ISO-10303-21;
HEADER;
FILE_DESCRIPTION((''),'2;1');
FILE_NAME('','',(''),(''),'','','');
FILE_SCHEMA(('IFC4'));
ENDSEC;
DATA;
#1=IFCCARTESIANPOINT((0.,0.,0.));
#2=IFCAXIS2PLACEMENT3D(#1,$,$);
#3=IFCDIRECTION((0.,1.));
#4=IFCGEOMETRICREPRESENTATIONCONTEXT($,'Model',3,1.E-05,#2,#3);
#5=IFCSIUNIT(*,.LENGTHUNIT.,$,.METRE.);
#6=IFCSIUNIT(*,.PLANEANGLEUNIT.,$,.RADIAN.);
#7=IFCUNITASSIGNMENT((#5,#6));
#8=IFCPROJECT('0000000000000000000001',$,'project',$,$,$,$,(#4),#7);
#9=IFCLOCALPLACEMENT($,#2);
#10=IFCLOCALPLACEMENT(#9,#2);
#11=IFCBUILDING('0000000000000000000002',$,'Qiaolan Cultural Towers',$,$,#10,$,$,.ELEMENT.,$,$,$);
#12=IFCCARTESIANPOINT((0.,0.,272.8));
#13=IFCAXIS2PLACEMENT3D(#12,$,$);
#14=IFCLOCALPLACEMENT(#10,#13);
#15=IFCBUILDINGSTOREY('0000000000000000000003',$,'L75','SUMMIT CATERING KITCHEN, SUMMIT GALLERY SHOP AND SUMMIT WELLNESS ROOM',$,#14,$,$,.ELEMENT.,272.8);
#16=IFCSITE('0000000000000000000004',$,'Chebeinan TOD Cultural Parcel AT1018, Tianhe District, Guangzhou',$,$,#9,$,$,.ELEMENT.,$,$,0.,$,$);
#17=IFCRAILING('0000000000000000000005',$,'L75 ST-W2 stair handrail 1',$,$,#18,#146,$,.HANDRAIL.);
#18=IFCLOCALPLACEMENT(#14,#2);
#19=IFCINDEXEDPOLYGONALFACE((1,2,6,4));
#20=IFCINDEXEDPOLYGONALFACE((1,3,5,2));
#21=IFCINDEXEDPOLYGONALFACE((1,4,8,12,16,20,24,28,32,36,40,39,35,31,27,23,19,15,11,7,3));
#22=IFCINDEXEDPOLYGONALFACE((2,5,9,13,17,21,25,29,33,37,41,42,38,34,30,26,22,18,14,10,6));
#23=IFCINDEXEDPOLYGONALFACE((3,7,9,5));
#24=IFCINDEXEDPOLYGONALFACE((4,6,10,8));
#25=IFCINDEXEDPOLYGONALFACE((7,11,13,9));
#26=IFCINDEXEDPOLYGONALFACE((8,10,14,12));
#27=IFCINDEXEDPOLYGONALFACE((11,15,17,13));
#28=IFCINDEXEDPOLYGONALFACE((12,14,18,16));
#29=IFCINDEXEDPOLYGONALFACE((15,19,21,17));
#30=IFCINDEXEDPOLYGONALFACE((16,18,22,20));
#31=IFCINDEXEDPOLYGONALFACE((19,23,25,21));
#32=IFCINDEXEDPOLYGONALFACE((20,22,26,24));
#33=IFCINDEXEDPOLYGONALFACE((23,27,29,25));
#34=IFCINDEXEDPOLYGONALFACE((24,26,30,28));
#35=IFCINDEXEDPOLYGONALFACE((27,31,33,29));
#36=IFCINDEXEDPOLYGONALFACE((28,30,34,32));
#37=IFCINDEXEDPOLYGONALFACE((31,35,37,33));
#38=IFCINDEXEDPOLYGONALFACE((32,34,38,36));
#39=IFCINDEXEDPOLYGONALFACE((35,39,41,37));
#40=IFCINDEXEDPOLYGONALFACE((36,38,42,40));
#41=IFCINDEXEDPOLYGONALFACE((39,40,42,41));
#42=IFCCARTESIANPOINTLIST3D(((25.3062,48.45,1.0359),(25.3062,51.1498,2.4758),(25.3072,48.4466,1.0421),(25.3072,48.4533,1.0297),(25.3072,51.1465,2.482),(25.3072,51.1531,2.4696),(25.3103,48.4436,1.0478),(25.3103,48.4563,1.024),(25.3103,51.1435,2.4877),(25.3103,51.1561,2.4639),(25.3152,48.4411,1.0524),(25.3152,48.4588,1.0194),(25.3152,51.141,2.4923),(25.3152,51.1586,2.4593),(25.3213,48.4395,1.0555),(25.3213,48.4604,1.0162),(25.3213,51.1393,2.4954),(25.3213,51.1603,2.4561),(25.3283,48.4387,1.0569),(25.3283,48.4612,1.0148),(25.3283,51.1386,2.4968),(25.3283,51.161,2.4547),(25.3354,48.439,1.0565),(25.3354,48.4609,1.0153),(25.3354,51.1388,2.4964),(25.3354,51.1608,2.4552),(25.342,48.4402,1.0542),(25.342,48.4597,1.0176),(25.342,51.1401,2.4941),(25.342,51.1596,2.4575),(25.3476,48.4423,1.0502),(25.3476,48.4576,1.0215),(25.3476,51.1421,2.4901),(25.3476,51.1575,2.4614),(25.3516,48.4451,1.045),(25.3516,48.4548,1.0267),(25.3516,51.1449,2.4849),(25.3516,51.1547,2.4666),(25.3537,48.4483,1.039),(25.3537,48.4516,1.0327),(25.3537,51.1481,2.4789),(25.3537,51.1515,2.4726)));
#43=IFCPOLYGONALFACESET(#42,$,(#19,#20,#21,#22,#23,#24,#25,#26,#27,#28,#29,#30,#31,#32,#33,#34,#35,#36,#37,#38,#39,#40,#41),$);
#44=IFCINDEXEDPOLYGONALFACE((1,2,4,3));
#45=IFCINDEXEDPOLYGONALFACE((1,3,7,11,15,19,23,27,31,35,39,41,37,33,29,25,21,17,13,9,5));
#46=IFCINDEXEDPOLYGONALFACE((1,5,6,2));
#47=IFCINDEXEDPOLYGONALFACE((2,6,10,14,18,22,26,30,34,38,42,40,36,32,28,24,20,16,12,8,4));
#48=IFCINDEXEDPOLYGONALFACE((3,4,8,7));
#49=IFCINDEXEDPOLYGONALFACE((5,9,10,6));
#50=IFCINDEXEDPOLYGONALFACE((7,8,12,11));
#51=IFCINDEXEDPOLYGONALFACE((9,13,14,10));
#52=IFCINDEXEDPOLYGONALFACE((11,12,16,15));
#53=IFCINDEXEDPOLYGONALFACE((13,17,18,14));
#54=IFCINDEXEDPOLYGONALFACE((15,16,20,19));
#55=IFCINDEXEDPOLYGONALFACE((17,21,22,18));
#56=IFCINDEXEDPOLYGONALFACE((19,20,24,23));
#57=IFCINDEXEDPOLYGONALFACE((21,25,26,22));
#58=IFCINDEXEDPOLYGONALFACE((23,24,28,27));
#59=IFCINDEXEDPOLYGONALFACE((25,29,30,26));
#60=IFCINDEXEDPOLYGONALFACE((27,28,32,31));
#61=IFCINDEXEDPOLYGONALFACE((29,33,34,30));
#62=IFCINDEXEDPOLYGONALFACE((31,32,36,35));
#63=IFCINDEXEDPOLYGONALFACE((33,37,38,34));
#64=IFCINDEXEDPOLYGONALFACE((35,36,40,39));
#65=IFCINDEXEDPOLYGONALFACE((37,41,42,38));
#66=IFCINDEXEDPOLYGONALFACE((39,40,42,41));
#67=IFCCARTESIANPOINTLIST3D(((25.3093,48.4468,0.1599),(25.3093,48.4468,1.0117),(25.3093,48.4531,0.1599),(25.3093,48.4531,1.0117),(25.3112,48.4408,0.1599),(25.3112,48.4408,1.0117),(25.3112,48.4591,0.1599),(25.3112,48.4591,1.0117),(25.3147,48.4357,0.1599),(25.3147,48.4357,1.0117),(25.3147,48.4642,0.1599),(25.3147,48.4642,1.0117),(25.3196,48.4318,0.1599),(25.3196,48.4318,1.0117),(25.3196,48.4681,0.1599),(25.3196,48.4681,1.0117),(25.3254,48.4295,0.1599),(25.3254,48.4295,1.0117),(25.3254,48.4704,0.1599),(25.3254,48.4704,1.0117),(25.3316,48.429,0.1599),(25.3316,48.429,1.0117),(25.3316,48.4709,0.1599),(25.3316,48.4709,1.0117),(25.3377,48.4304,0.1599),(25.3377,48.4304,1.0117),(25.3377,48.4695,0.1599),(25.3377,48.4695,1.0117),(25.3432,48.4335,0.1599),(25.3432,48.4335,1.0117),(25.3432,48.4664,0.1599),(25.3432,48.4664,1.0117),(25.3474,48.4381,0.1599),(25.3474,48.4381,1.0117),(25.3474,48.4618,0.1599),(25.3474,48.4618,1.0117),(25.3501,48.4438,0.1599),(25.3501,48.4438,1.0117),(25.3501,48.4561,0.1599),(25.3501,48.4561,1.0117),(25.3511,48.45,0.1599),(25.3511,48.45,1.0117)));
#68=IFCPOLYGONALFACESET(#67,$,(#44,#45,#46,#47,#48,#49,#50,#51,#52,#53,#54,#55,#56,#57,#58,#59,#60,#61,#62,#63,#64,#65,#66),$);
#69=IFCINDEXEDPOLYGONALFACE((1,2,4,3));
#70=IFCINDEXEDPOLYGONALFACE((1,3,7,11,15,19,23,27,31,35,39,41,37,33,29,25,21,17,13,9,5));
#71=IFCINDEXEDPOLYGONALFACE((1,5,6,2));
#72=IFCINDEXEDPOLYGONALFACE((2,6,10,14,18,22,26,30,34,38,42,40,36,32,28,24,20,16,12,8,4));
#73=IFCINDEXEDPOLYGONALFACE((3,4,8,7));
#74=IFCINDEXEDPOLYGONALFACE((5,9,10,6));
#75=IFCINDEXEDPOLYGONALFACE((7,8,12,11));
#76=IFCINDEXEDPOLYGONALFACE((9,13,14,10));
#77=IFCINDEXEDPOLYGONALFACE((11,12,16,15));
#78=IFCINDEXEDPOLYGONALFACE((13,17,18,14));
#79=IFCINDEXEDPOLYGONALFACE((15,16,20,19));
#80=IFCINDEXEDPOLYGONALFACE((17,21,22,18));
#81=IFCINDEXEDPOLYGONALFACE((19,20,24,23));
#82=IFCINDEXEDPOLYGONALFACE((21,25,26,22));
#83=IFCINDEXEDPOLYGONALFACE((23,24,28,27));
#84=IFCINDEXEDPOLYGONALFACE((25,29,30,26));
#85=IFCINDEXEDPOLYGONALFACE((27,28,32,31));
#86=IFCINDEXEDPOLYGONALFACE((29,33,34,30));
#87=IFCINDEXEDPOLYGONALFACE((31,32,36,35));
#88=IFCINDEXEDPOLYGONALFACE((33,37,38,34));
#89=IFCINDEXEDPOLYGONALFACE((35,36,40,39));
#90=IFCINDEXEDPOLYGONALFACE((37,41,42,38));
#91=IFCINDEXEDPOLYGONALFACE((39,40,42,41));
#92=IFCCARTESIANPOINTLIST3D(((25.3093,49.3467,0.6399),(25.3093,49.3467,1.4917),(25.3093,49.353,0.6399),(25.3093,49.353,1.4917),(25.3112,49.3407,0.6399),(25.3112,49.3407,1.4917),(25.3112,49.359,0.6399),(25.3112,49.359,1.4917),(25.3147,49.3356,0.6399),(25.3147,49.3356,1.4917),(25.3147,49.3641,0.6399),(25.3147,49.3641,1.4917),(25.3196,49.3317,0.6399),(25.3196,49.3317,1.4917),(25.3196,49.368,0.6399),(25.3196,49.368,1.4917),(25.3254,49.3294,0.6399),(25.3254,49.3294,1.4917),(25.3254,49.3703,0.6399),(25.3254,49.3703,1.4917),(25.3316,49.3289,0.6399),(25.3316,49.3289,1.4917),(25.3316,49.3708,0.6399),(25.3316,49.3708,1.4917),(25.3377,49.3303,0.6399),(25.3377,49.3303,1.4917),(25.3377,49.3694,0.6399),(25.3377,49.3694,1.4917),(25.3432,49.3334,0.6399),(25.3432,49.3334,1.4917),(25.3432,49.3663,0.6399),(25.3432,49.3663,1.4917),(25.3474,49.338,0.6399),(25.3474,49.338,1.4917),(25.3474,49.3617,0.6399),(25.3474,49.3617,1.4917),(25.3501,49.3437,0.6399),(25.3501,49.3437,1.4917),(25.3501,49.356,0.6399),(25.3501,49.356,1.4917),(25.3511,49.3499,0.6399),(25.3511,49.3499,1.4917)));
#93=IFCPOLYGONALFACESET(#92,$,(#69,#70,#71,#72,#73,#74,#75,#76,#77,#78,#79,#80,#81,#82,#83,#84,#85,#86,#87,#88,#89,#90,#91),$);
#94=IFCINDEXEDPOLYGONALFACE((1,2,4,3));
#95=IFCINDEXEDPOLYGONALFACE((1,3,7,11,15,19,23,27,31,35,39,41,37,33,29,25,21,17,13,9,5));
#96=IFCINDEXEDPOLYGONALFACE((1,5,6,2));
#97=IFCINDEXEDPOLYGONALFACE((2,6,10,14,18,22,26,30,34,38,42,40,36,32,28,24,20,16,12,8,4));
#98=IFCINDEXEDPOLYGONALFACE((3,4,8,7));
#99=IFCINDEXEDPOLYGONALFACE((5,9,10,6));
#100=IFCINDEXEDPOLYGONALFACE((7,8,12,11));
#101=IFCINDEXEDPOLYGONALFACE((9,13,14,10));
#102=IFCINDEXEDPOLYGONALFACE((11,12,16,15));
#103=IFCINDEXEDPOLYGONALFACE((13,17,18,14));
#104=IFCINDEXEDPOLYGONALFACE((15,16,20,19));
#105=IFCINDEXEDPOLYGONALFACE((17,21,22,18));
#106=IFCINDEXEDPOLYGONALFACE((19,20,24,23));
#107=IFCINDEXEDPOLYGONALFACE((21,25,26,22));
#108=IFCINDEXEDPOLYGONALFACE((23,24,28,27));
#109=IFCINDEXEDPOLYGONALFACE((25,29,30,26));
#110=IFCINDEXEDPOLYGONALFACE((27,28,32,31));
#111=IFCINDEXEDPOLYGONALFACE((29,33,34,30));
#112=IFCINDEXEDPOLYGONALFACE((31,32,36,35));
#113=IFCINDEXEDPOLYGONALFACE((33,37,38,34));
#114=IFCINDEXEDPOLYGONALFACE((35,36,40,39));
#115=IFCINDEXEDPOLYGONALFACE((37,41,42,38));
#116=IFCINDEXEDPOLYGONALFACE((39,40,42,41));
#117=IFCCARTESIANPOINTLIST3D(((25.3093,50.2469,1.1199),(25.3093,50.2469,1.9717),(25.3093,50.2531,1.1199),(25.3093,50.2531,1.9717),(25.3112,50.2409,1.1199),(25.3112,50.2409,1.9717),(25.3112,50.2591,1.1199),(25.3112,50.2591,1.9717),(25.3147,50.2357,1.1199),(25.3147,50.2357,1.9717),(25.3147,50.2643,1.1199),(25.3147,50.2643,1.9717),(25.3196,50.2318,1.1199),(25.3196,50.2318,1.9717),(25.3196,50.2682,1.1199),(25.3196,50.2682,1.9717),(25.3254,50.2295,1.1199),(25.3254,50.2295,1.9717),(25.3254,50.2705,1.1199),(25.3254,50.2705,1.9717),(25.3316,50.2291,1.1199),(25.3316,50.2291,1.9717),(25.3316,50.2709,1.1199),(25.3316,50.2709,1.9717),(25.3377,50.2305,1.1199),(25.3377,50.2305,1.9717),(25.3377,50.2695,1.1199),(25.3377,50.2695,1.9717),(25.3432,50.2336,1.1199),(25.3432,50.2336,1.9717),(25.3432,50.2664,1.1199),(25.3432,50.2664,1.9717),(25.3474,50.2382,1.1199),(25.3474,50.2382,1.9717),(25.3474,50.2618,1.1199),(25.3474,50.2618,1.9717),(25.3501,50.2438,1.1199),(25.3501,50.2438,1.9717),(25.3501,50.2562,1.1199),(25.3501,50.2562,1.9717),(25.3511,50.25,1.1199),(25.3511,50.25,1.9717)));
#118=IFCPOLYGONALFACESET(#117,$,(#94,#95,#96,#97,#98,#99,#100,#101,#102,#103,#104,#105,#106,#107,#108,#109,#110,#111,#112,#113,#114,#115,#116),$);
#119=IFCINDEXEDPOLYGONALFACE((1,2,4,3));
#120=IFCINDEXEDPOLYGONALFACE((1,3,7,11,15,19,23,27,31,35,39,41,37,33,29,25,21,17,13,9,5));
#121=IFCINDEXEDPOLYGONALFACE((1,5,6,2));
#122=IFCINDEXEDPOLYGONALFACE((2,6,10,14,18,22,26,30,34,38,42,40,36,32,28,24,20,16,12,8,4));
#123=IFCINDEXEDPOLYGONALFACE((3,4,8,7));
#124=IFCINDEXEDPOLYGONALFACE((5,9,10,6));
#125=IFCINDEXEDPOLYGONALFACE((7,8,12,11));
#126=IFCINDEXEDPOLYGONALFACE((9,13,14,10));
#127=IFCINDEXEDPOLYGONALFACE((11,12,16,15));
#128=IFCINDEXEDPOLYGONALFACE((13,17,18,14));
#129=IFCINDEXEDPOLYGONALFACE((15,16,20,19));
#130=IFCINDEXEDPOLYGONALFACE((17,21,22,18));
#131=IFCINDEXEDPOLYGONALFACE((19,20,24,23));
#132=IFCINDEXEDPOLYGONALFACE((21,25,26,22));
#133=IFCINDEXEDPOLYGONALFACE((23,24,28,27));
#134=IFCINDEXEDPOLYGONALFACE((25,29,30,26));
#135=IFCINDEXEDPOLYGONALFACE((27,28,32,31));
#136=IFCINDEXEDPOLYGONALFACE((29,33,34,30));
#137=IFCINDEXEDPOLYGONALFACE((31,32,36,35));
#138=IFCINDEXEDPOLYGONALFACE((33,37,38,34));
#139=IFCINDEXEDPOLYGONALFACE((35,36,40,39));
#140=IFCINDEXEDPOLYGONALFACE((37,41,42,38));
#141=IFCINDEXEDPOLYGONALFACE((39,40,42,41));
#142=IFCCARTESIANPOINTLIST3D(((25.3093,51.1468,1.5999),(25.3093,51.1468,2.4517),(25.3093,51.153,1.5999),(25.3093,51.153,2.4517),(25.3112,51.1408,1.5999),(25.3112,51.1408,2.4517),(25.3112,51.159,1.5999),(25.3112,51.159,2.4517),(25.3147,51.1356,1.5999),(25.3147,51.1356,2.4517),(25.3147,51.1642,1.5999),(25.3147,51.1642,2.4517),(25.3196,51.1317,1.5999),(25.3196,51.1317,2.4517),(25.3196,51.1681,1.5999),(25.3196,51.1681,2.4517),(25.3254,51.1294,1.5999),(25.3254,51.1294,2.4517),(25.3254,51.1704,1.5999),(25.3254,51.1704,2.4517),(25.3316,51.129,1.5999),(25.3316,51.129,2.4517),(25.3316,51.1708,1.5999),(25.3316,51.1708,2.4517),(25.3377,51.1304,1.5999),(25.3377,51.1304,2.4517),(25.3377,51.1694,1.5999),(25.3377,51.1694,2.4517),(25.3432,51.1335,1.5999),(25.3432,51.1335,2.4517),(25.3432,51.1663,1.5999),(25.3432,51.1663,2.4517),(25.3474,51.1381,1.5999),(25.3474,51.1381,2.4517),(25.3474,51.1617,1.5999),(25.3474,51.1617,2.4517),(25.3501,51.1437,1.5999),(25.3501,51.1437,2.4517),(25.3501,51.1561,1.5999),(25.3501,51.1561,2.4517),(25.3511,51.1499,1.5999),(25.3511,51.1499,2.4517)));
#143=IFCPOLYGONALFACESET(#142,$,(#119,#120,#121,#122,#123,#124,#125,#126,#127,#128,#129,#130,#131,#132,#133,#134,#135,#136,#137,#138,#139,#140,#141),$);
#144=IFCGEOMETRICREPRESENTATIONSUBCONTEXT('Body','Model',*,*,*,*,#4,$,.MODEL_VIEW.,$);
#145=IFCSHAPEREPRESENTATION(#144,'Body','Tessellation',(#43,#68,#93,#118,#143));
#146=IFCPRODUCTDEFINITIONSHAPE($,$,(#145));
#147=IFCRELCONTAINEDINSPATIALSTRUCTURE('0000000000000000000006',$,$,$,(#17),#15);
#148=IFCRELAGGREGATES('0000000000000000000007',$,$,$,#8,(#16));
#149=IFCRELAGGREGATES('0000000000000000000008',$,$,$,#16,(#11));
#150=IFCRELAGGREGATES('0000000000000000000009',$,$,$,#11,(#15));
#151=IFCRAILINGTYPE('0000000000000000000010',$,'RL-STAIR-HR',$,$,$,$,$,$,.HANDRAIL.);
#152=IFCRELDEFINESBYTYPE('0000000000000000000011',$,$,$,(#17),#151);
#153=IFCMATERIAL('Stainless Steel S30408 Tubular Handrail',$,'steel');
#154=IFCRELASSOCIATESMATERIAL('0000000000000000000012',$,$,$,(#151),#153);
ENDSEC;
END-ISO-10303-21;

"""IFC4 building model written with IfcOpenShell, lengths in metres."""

from ifc_helpers import new_model, si_unit, direction, frame, origin, origin_2d, place, context, subcontext, project, spatial, circle, extrude, material, type_object, element, save


model = new_model("IFC4")

# Units and contexts
model_context = context("Model", 3, precision=1e-05, world=origin(), true_north=direction((0.0, 1.0)))
body_context = subcontext(model_context, "Body", "Model", "MODEL_VIEW")
ifc_project = project(units=[si_unit("LENGTHUNIT", "METRE"), si_unit("PLANEANGLEUNIT", "RADIAN")], contexts=[model_context])

# Site, building, storey
site_placement = place(None, origin())
site = spatial("IfcSite", under=ifc_project, at=site_placement, Name="Chebeinan TOD Cultural Parcel AT1018, Tianhe District, Guangzhou", CompositionType="ELEMENT", RefElevation=0.0)
building_placement = place(site_placement, origin())
building = spatial("IfcBuilding", under=site, at=building_placement, Name="Qiaolan Cultural Towers", CompositionType="ELEMENT")
storey_placement = place(building_placement, frame((0.0, 0.0, 272.8)))
storey = spatial("IfcBuildingStorey", under=building, at=storey_placement, Name="L75", Description="SUMMIT CATERING KITCHEN, SUMMIT GALLERY SHOP AND SUMMIT WELLNESS ROOM", CompositionType="ELEMENT", Elevation=272.8)

# Railing
ifc_material_1 = material(Name="Stainless Steel S30408 Tubular Handrail", Category="steel")
railing_type_1 = type_object("IfcRailingType", Name="RL-STAIR-HR", PredefinedType="HANDRAIL", material=ifc_material_1)
railing_1_placement = place(storey_placement, frame((25.3301, 48.45, 0.1599)))
element("IfcRailing", 1, at=railing_1_placement, inside=storey, type_object=railing_type_1, Name="L75 ST-W2 stair handrail 1", PredefinedType="HANDRAIL", context=body_context, shape_type="SweptSolid", body=[
    extrude(circle(Radius=0.0239, at=origin_2d()), frame((0.0, 0.0, 0.876), z_axis=(0.0, 0.882357, 0.47058), x_axis=(-1.0, 0.0, 0.0)), (0.0, 0.0, 1.0), 3.0598),
    extrude(circle(Radius=0.021, at=origin_2d()), origin(), (0.0, 0.0, 1.0), 0.8518),
    extrude(circle(Radius=0.021, at=origin_2d()), frame((0.0, 0.8999, 0.48)), (0.0, 0.0, 1.0), 0.8518),
    extrude(circle(Radius=0.021, at=origin_2d()), frame((0.0, 1.8, 0.96)), (0.0, 0.0, 1.0), 0.8518),
    extrude(circle(Radius=0.021, at=origin_2d()), frame((0.0, 2.7, 1.4399)), (0.0, 0.0, 1.0), 0.8518),
])

save(model, "model.ifc")
